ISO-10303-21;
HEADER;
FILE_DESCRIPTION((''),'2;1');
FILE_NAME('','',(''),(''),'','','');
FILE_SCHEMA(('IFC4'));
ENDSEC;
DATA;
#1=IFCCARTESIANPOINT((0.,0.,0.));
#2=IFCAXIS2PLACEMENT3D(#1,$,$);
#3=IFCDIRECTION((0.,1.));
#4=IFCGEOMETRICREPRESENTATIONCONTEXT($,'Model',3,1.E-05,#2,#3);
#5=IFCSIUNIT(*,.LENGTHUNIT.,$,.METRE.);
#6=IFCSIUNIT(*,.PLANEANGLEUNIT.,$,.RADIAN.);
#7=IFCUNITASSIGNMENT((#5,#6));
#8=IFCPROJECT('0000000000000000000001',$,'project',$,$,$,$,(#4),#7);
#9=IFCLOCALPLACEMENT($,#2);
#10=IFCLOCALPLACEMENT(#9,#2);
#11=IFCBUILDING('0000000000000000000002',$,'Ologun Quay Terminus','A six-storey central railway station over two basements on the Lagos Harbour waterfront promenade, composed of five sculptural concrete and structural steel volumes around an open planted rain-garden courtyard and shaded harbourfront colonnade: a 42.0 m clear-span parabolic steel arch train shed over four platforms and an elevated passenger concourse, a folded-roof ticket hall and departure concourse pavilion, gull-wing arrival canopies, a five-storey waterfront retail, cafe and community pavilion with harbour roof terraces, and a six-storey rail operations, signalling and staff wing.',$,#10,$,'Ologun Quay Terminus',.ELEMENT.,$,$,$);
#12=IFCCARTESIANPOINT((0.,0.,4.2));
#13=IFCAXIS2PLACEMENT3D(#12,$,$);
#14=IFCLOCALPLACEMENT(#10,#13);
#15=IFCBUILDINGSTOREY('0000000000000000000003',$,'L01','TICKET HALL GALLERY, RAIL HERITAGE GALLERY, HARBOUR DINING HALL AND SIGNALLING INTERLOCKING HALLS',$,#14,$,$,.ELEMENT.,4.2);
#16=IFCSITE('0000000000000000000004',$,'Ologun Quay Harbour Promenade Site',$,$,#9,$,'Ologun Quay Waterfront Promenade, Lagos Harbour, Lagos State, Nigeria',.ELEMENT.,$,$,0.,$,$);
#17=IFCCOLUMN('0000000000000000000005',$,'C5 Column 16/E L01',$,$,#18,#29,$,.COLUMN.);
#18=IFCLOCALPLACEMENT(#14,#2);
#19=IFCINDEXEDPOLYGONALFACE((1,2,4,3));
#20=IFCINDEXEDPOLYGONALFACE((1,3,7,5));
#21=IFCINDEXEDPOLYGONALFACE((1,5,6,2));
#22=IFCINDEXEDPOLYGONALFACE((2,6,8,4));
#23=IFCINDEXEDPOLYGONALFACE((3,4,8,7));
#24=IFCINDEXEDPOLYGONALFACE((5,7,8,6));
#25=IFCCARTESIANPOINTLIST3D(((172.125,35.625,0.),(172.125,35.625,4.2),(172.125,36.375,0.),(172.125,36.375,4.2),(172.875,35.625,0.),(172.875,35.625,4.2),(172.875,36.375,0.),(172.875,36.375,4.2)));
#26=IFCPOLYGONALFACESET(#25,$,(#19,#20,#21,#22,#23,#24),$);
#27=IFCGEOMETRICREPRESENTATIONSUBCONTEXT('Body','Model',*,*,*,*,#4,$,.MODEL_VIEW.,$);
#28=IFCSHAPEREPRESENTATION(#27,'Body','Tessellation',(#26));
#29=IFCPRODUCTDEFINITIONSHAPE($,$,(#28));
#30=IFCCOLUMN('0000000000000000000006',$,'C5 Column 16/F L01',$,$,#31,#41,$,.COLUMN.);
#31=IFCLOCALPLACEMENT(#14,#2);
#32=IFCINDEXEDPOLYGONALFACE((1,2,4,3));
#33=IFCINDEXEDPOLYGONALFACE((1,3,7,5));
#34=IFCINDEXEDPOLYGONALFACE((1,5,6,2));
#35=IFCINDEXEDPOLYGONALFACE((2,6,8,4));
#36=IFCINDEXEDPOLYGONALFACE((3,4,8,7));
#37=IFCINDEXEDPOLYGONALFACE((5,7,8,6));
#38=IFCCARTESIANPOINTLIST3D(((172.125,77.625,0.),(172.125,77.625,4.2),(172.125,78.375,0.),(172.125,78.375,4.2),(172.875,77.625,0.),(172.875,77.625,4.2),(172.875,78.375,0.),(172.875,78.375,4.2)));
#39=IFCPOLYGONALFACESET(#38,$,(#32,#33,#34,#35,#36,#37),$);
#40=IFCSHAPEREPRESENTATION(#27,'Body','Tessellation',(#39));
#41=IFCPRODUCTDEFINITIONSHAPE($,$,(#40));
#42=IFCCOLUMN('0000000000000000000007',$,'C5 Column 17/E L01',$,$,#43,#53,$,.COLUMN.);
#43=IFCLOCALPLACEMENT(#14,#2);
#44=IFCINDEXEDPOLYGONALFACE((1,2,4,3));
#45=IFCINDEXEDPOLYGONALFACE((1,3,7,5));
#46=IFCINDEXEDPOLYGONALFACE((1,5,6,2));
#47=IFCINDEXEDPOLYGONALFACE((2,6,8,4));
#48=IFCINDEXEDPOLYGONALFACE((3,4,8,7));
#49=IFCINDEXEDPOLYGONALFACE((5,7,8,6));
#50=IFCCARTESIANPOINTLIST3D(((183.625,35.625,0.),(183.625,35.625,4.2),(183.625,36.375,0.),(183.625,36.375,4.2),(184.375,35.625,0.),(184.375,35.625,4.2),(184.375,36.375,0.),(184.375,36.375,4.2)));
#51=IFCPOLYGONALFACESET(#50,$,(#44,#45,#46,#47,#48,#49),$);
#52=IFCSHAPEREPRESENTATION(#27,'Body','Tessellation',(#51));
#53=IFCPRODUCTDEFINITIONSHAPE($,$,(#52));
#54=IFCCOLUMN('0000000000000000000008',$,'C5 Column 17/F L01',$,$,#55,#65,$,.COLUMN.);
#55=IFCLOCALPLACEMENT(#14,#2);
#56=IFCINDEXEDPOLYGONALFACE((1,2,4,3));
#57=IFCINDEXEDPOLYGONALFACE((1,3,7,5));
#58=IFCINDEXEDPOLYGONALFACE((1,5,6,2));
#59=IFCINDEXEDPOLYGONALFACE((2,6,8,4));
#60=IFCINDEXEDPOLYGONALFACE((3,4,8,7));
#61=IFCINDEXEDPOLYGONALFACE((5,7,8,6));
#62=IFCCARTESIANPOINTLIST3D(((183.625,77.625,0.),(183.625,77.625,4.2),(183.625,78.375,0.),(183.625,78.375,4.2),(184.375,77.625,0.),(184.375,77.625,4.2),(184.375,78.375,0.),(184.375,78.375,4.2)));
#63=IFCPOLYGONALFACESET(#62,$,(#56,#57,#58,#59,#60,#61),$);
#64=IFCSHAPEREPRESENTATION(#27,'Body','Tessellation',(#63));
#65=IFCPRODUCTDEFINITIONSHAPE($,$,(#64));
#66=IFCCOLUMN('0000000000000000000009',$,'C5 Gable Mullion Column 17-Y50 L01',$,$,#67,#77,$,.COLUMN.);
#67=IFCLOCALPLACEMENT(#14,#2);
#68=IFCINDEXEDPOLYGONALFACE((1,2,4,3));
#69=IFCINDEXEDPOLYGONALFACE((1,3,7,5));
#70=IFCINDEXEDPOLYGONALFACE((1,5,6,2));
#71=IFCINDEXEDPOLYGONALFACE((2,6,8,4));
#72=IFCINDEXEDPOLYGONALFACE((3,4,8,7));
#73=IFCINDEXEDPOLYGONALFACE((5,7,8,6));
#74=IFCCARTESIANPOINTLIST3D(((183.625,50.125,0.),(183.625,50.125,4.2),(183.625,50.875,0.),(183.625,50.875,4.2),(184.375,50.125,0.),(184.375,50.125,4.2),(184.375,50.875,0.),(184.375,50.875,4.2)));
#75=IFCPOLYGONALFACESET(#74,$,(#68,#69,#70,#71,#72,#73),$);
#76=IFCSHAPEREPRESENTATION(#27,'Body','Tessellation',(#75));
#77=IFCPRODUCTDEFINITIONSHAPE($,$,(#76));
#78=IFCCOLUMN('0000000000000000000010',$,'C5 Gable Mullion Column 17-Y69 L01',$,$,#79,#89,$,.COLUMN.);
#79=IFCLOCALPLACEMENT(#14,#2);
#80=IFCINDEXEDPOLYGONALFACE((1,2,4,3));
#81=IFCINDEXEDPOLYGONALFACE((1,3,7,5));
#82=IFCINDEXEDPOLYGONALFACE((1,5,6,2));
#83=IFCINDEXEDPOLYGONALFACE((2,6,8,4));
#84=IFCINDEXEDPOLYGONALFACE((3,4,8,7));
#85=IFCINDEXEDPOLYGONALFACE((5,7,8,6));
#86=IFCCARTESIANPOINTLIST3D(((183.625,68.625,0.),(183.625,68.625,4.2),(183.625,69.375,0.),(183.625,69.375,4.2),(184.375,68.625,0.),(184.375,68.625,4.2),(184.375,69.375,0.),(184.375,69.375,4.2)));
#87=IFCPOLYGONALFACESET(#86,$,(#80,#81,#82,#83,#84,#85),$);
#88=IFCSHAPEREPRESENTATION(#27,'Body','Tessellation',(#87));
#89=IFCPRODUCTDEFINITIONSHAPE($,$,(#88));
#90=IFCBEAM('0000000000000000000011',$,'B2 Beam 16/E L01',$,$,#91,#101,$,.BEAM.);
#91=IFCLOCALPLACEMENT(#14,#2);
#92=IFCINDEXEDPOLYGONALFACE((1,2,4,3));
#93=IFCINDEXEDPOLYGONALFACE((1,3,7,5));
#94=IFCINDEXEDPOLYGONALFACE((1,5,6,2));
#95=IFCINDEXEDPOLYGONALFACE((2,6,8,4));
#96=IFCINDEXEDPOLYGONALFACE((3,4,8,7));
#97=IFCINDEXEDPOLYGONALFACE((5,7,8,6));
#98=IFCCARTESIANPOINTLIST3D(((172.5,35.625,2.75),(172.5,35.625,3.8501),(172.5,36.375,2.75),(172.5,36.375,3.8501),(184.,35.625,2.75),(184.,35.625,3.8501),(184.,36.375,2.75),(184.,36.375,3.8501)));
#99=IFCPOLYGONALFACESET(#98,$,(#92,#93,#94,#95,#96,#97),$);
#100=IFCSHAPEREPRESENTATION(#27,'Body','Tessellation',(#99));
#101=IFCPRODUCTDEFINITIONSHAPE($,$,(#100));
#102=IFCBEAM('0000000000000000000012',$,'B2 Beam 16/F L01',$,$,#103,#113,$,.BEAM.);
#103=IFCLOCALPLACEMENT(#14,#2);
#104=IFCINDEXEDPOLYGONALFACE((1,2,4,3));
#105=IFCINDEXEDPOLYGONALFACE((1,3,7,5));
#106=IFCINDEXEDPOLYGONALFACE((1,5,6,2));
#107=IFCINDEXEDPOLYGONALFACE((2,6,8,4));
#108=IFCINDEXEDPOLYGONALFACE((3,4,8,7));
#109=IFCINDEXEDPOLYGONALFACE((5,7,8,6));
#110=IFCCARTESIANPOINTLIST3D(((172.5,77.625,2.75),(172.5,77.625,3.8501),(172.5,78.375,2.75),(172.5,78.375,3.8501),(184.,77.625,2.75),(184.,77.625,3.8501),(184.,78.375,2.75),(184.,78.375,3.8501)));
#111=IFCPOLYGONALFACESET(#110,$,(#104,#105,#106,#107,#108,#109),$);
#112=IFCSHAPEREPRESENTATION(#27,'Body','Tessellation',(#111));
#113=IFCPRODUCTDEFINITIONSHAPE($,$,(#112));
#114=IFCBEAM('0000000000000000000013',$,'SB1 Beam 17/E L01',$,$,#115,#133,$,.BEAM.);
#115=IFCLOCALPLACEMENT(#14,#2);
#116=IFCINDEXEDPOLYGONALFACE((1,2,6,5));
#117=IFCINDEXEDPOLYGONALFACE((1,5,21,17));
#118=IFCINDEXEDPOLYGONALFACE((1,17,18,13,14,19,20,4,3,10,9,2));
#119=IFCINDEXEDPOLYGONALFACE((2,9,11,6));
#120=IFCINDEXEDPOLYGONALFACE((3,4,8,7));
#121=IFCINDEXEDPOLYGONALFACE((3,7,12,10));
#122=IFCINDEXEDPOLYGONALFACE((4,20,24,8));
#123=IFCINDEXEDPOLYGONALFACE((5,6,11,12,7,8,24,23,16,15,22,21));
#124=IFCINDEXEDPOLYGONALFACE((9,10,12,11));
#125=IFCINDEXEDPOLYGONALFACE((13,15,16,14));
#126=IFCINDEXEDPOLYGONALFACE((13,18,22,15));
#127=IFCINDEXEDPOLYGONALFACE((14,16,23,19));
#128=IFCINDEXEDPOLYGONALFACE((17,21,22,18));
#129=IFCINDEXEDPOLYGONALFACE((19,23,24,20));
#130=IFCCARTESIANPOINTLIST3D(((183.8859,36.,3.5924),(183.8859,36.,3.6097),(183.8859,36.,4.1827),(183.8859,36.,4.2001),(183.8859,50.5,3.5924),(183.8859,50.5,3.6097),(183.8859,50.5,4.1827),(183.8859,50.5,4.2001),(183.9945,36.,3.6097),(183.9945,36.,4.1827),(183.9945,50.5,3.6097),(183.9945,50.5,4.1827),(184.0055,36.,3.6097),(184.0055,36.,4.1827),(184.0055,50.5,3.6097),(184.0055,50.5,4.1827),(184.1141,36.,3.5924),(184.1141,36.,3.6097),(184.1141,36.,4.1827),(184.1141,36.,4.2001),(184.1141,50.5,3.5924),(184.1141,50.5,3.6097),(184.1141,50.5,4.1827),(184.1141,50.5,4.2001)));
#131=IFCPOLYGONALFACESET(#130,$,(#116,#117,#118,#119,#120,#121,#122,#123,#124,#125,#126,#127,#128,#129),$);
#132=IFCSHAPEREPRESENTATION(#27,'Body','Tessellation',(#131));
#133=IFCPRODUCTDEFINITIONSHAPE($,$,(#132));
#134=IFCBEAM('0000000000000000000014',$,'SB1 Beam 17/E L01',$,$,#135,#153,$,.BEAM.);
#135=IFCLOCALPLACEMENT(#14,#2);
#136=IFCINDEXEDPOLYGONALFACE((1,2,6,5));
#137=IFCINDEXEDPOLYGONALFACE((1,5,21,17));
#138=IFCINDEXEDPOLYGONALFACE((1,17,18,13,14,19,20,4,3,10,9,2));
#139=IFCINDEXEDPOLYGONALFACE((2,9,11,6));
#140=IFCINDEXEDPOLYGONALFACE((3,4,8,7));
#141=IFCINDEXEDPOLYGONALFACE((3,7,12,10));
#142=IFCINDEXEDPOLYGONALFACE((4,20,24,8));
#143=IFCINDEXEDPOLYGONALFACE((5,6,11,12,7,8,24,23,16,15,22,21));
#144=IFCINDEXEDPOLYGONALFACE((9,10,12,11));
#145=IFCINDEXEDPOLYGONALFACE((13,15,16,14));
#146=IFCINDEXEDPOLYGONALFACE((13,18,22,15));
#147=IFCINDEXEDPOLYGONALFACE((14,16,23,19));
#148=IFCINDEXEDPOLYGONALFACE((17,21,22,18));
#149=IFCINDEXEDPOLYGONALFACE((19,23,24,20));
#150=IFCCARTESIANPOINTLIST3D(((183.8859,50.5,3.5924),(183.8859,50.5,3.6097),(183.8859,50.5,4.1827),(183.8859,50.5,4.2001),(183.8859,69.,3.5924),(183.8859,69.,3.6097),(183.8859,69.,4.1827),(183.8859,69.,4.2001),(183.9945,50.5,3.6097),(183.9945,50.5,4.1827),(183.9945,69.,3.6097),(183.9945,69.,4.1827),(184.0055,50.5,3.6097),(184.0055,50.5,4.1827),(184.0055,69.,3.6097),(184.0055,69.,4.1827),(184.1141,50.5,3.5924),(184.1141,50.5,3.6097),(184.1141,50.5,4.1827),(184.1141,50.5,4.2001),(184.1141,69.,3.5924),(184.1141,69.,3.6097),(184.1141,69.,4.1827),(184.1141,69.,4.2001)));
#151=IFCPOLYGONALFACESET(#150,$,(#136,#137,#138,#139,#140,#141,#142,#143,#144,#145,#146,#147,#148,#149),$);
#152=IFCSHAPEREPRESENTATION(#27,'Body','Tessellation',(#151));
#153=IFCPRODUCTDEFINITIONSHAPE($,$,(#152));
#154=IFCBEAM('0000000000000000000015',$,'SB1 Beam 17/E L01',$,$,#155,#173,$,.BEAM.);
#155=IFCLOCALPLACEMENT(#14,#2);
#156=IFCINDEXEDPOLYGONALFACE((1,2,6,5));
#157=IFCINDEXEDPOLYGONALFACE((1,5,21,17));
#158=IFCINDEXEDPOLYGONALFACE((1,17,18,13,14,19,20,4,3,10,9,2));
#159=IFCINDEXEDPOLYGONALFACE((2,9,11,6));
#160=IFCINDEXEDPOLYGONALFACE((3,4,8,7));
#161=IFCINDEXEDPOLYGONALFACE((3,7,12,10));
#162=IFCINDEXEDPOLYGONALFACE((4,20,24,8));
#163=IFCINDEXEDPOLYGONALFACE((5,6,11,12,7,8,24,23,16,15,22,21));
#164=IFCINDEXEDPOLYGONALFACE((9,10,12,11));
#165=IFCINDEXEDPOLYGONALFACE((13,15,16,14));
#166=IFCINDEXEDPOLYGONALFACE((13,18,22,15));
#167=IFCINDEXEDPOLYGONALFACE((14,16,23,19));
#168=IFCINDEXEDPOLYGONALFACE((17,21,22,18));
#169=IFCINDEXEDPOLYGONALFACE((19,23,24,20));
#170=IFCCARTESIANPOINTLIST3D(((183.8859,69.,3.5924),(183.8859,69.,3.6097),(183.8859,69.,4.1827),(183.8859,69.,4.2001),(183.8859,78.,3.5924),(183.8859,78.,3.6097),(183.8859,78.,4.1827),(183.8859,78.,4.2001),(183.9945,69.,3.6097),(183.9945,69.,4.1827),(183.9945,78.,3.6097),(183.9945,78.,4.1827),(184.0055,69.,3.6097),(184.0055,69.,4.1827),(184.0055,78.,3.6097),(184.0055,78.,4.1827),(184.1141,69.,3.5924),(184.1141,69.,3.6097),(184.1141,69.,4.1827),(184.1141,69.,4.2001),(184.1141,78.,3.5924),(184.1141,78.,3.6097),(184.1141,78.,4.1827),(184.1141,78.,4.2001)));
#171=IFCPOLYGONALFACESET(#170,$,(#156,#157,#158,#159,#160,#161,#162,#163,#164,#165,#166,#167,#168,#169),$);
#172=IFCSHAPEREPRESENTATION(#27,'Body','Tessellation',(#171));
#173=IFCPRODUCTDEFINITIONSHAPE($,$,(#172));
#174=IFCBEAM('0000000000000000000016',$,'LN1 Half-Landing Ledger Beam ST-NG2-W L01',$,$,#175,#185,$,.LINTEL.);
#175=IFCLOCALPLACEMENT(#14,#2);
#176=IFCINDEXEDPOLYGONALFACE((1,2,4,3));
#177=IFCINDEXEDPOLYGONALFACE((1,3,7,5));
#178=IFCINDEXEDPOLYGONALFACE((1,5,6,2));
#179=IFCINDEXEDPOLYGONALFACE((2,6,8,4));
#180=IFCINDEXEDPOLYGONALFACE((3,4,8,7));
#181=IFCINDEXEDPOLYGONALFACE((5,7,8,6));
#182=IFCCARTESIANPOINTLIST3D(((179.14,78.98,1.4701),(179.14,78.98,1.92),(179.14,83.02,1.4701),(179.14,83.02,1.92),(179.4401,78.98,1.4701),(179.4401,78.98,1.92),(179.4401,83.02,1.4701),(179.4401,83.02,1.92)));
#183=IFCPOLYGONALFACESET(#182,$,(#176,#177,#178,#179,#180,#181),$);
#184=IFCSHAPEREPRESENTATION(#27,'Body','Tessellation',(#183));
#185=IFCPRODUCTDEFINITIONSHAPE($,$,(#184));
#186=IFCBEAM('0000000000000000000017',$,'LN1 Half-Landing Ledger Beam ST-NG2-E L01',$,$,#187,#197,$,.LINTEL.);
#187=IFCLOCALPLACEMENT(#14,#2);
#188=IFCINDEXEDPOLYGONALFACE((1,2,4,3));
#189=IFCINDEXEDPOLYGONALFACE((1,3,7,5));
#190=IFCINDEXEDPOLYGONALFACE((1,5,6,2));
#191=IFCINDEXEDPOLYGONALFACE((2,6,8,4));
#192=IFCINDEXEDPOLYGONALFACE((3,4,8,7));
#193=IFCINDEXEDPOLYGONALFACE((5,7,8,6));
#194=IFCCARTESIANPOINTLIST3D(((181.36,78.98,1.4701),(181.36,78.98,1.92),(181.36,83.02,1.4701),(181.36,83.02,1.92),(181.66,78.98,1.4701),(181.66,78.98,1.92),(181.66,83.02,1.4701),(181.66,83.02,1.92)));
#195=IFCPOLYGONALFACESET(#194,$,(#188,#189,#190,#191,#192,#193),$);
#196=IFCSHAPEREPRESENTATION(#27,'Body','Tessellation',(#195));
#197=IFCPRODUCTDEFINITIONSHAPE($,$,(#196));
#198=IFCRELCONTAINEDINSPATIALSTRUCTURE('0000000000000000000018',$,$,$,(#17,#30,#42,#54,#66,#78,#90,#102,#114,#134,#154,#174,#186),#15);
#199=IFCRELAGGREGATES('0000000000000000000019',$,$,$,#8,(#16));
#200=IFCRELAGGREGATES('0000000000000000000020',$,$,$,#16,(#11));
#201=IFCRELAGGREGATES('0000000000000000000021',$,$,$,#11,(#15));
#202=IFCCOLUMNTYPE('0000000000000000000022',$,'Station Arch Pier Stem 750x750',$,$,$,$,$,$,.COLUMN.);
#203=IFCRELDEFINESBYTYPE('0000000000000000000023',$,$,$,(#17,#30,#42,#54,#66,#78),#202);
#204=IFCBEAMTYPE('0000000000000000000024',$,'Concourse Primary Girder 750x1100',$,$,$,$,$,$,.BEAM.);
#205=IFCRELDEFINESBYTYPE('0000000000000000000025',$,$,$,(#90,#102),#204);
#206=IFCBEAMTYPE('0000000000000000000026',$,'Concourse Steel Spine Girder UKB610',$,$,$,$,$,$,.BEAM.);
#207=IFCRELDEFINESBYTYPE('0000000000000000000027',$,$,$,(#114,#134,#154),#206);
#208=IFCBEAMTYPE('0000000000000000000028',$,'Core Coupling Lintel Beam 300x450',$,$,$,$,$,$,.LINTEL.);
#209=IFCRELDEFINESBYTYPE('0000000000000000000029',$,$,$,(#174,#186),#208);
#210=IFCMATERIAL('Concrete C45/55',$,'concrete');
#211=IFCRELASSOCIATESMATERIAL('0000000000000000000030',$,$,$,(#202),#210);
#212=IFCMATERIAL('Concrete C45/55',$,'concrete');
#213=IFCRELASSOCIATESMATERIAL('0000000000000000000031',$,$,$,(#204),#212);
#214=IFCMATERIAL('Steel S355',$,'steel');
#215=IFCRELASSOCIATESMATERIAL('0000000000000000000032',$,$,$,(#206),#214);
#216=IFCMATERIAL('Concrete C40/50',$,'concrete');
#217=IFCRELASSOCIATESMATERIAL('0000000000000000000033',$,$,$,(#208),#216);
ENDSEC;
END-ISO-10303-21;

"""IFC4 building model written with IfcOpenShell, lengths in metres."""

from ifc_helpers import new_model, si_unit, direction, frame, origin, origin_2d, place, context, subcontext, project, spatial, rectangle, i_section, extrude, material, material_profile, profile_set, type_object, element, save


model = new_model("IFC4")

# Units and contexts
model_context = context("Model", 3, precision=1e-05, world=origin(), true_north=direction((0.0, 1.0)))
body_context = subcontext(model_context, "Body", "Model", "MODEL_VIEW")
ifc_project = project(units=[si_unit("LENGTHUNIT", "METRE"), si_unit("PLANEANGLEUNIT", "RADIAN")], contexts=[model_context])

# Site, building, storey
site_placement = place(None, origin())
site = spatial("IfcSite", under=ifc_project, at=site_placement, Name="Ologun Quay Harbour Promenade Site", LongName="Ologun Quay Waterfront Promenade, Lagos Harbour, Lagos State, Nigeria", CompositionType="ELEMENT", RefElevation=0.0)
building_placement = place(site_placement, origin())
building = spatial("IfcBuilding", under=site, at=building_placement, Name="Ologun Quay Terminus", Description="A six-storey central railway station over two basements on the Lagos Harbour waterfront promenade, composed of five sculptural concrete and structural steel volumes around an open planted rain-garden courtyard and shaded harbourfront colonnade: a 42.0 m clear-span parabolic steel arch train shed over four platforms and an elevated passenger concourse, a folded-roof ticket hall and departure concourse pavilion, gull-wing arrival canopies, a five-storey waterfront retail, cafe and community pavilion with harbour roof terraces, and a six-storey rail operations, signalling and staff wing.", LongName="Ologun Quay Terminus", CompositionType="ELEMENT")
storey_placement = place(building_placement, frame((0.0, 0.0, 4.2)))
storey = spatial("IfcBuildingStorey", under=building, at=storey_placement, Name="L01", Description="TICKET HALL GALLERY, RAIL HERITAGE GALLERY, HARBOUR DINING HALL AND SIGNALLING INTERLOCKING HALLS", CompositionType="ELEMENT", Elevation=4.2)

# Columns
ifc_material_1 = material(Name="Concrete C45/55", Category="concrete")
ifc_material_profile_1 = material_profile(ifc_material_1, rectangle(XDim=0.75, YDim=0.75, at=origin_2d()), Name="RC 750x750")
ifc_profile_set_1 = profile_set([ifc_material_profile_1], Name="Concrete C45/55")
column_type = type_object("IfcColumnType", Name="Station Arch Pier Stem 750x750", PredefinedType="COLUMN", material=ifc_profile_set_1)
for number, where, z_axis, x_axis, name in (
    (1, (172.5, 36.0, 0.0), (0.0, 0.0, 1.0), (1.0, 0.0, 0.0), "C5 Column 16/E L01"),
    (2, (172.5, 78.0, 0.0), (0.0, 0.0, 1.0), (1.0, 0.0, 0.0), "C5 Column 16/F L01"),
    (3, (184.0, 36.0, 0.0), (0.0, 0.0, 1.0), (1.0, 0.0, 0.0), "C5 Column 17/E L01"),
    (4, (184.0, 78.0, 0.0), (0.0, 0.0, 1.0), (1.0, 0.0, 0.0), "C5 Column 17/F L01"),
    (5, (184.0, 50.5, 0.0), (0.0, 0.0, 1.0), (1.0, 0.0, 0.0), "C5 Gable Mullion Column 17-Y50 L01"),
    (6, (184.0, 69.0, 0.0), (0.0, 0.0, 1.0), (1.0, 0.0, 0.0), "C5 Gable Mullion Column 17-Y69 L01"),
):
    element("IfcColumn", number, at=place(storey_placement, frame(where, z_axis=z_axis, x_axis=x_axis)), inside=storey, type_object=column_type, Name=name, PredefinedType="COLUMN", context=body_context, shape_type="SweptSolid", body=[
        extrude(rectangle(XDim=0.75, YDim=0.75, at=origin_2d()), origin(), (0.0, 0.0, 1.0), 4.2),
    ])

# Beams
ifc_material_2 = material(Name="Concrete C45/55", Category="concrete")
ifc_material_profile_2 = material_profile(ifc_material_2, rectangle(XDim=0.75, YDim=1.1001, at=origin_2d()), Name="RC 750x1100")
ifc_profile_set_2 = profile_set([ifc_material_profile_2], Name="Concrete C45/55")
beam_type_1 = type_object("IfcBeamType", Name="Concourse Primary Girder 750x1100", PredefinedType="BEAM", material=ifc_profile_set_2)
for number, where, z_axis, x_axis, name in (
    (7, (172.5, 36.0, 3.3), (1.0, 0.0, 0.0), (0.0, 1.0, 0.0), "B2 Beam 16/E L01"),
    (8, (172.5, 78.0, 3.3), (1.0, 0.0, 0.0), (0.0, 1.0, 0.0), "B2 Beam 16/F L01"),
):
    element("IfcBeam", number, at=place(storey_placement, frame(where, z_axis=z_axis, x_axis=x_axis)), inside=storey, type_object=beam_type_1, Name=name, PredefinedType="BEAM", context=body_context, shape_type="SweptSolid", body=[
        extrude(rectangle(XDim=0.75, YDim=1.1001, at=origin_2d()), origin(), (0.0, 0.0, 1.0), 11.5),
    ])
ifc_material_3 = material(Name="Steel S355", Category="steel")
ifc_material_profile_3 = material_profile(ifc_material_3, i_section(OverallWidth=0.2283, OverallDepth=0.6077, WebThickness=0.011, FlangeThickness=0.0173, at=origin_2d()), Name="UKB 610x229x113")
ifc_profile_set_3 = profile_set([ifc_material_profile_3], Name="Steel S355")
beam_type_2 = type_object("IfcBeamType", Name="Concourse Steel Spine Girder UKB610", PredefinedType="BEAM", material=ifc_profile_set_3)
beam_1_placement = place(storey_placement, frame((184.0, 36.0, 3.8962), z_axis=(0.0, 1.0, 0.0), x_axis=(-1.0, 0.0, 0.0)))
element("IfcBeam", 9, at=beam_1_placement, inside=storey, type_object=beam_type_2, Name="SB1 Beam 17/E L01", PredefinedType="BEAM", context=body_context, shape_type="SweptSolid", body=[
    extrude(i_section(OverallWidth=0.2283, OverallDepth=0.6077, WebThickness=0.011, FlangeThickness=0.0173, at=origin_2d()), origin(), (0.0, 0.0, 1.0), 14.5),
])
beam_2_placement = place(storey_placement, frame((184.0, 50.5, 3.8962), z_axis=(0.0, 1.0, 0.0), x_axis=(-1.0, 0.0, 0.0)))
element("IfcBeam", 10, at=beam_2_placement, inside=storey, type_object=beam_type_2, Name="SB1 Beam 17/E L01", PredefinedType="BEAM", context=body_context, shape_type="SweptSolid", body=[
    extrude(i_section(OverallWidth=0.2283, OverallDepth=0.6077, WebThickness=0.011, FlangeThickness=0.0173, at=origin_2d()), origin(), (0.0, 0.0, 1.0), 18.5),
])
beam_3_placement = place(storey_placement, frame((184.0, 69.0, 3.8962), z_axis=(0.0, 1.0, 0.0), x_axis=(-1.0, 0.0, 0.0)))
element("IfcBeam", 11, at=beam_3_placement, inside=storey, type_object=beam_type_2, Name="SB1 Beam 17/E L01", PredefinedType="BEAM", context=body_context, shape_type="SweptSolid", body=[
    extrude(i_section(OverallWidth=0.2283, OverallDepth=0.6077, WebThickness=0.011, FlangeThickness=0.0173, at=origin_2d()), origin(), (0.0, 0.0, 1.0), 9.0),
])
ifc_material_4 = material(Name="Concrete C40/50", Category="concrete")
ifc_material_profile_4 = material_profile(ifc_material_4, rectangle(XDim=0.3, YDim=0.45, at=origin_2d()), Name="RC 300x450")
ifc_profile_set_4 = profile_set([ifc_material_profile_4], Name="Concrete C40/50")
beam_type_3 = type_object("IfcBeamType", Name="Core Coupling Lintel Beam 300x450", PredefinedType="LINTEL", material=ifc_profile_set_4)
for number, where, z_axis, x_axis, name in (
    (12, (179.29, 78.98, 1.6951), (0.0, 1.0, 0.0), (-1.0, 0.0, 0.0), "LN1 Half-Landing Ledger Beam ST-NG2-W L01"),
    (13, (181.51, 78.98, 1.6951), (0.0, 1.0, 0.0), (-1.0, 0.0, 0.0), "LN1 Half-Landing Ledger Beam ST-NG2-E L01"),
):
    element("IfcBeam", number, at=place(storey_placement, frame(where, z_axis=z_axis, x_axis=x_axis)), inside=storey, type_object=beam_type_3, Name=name, PredefinedType="LINTEL", context=body_context, shape_type="SweptSolid", body=[
        extrude(rectangle(XDim=0.3, YDim=0.45, at=origin_2d()), origin(), (0.0, 0.0, 1.0), 4.04),
    ])

save(model, "model.ifc")
